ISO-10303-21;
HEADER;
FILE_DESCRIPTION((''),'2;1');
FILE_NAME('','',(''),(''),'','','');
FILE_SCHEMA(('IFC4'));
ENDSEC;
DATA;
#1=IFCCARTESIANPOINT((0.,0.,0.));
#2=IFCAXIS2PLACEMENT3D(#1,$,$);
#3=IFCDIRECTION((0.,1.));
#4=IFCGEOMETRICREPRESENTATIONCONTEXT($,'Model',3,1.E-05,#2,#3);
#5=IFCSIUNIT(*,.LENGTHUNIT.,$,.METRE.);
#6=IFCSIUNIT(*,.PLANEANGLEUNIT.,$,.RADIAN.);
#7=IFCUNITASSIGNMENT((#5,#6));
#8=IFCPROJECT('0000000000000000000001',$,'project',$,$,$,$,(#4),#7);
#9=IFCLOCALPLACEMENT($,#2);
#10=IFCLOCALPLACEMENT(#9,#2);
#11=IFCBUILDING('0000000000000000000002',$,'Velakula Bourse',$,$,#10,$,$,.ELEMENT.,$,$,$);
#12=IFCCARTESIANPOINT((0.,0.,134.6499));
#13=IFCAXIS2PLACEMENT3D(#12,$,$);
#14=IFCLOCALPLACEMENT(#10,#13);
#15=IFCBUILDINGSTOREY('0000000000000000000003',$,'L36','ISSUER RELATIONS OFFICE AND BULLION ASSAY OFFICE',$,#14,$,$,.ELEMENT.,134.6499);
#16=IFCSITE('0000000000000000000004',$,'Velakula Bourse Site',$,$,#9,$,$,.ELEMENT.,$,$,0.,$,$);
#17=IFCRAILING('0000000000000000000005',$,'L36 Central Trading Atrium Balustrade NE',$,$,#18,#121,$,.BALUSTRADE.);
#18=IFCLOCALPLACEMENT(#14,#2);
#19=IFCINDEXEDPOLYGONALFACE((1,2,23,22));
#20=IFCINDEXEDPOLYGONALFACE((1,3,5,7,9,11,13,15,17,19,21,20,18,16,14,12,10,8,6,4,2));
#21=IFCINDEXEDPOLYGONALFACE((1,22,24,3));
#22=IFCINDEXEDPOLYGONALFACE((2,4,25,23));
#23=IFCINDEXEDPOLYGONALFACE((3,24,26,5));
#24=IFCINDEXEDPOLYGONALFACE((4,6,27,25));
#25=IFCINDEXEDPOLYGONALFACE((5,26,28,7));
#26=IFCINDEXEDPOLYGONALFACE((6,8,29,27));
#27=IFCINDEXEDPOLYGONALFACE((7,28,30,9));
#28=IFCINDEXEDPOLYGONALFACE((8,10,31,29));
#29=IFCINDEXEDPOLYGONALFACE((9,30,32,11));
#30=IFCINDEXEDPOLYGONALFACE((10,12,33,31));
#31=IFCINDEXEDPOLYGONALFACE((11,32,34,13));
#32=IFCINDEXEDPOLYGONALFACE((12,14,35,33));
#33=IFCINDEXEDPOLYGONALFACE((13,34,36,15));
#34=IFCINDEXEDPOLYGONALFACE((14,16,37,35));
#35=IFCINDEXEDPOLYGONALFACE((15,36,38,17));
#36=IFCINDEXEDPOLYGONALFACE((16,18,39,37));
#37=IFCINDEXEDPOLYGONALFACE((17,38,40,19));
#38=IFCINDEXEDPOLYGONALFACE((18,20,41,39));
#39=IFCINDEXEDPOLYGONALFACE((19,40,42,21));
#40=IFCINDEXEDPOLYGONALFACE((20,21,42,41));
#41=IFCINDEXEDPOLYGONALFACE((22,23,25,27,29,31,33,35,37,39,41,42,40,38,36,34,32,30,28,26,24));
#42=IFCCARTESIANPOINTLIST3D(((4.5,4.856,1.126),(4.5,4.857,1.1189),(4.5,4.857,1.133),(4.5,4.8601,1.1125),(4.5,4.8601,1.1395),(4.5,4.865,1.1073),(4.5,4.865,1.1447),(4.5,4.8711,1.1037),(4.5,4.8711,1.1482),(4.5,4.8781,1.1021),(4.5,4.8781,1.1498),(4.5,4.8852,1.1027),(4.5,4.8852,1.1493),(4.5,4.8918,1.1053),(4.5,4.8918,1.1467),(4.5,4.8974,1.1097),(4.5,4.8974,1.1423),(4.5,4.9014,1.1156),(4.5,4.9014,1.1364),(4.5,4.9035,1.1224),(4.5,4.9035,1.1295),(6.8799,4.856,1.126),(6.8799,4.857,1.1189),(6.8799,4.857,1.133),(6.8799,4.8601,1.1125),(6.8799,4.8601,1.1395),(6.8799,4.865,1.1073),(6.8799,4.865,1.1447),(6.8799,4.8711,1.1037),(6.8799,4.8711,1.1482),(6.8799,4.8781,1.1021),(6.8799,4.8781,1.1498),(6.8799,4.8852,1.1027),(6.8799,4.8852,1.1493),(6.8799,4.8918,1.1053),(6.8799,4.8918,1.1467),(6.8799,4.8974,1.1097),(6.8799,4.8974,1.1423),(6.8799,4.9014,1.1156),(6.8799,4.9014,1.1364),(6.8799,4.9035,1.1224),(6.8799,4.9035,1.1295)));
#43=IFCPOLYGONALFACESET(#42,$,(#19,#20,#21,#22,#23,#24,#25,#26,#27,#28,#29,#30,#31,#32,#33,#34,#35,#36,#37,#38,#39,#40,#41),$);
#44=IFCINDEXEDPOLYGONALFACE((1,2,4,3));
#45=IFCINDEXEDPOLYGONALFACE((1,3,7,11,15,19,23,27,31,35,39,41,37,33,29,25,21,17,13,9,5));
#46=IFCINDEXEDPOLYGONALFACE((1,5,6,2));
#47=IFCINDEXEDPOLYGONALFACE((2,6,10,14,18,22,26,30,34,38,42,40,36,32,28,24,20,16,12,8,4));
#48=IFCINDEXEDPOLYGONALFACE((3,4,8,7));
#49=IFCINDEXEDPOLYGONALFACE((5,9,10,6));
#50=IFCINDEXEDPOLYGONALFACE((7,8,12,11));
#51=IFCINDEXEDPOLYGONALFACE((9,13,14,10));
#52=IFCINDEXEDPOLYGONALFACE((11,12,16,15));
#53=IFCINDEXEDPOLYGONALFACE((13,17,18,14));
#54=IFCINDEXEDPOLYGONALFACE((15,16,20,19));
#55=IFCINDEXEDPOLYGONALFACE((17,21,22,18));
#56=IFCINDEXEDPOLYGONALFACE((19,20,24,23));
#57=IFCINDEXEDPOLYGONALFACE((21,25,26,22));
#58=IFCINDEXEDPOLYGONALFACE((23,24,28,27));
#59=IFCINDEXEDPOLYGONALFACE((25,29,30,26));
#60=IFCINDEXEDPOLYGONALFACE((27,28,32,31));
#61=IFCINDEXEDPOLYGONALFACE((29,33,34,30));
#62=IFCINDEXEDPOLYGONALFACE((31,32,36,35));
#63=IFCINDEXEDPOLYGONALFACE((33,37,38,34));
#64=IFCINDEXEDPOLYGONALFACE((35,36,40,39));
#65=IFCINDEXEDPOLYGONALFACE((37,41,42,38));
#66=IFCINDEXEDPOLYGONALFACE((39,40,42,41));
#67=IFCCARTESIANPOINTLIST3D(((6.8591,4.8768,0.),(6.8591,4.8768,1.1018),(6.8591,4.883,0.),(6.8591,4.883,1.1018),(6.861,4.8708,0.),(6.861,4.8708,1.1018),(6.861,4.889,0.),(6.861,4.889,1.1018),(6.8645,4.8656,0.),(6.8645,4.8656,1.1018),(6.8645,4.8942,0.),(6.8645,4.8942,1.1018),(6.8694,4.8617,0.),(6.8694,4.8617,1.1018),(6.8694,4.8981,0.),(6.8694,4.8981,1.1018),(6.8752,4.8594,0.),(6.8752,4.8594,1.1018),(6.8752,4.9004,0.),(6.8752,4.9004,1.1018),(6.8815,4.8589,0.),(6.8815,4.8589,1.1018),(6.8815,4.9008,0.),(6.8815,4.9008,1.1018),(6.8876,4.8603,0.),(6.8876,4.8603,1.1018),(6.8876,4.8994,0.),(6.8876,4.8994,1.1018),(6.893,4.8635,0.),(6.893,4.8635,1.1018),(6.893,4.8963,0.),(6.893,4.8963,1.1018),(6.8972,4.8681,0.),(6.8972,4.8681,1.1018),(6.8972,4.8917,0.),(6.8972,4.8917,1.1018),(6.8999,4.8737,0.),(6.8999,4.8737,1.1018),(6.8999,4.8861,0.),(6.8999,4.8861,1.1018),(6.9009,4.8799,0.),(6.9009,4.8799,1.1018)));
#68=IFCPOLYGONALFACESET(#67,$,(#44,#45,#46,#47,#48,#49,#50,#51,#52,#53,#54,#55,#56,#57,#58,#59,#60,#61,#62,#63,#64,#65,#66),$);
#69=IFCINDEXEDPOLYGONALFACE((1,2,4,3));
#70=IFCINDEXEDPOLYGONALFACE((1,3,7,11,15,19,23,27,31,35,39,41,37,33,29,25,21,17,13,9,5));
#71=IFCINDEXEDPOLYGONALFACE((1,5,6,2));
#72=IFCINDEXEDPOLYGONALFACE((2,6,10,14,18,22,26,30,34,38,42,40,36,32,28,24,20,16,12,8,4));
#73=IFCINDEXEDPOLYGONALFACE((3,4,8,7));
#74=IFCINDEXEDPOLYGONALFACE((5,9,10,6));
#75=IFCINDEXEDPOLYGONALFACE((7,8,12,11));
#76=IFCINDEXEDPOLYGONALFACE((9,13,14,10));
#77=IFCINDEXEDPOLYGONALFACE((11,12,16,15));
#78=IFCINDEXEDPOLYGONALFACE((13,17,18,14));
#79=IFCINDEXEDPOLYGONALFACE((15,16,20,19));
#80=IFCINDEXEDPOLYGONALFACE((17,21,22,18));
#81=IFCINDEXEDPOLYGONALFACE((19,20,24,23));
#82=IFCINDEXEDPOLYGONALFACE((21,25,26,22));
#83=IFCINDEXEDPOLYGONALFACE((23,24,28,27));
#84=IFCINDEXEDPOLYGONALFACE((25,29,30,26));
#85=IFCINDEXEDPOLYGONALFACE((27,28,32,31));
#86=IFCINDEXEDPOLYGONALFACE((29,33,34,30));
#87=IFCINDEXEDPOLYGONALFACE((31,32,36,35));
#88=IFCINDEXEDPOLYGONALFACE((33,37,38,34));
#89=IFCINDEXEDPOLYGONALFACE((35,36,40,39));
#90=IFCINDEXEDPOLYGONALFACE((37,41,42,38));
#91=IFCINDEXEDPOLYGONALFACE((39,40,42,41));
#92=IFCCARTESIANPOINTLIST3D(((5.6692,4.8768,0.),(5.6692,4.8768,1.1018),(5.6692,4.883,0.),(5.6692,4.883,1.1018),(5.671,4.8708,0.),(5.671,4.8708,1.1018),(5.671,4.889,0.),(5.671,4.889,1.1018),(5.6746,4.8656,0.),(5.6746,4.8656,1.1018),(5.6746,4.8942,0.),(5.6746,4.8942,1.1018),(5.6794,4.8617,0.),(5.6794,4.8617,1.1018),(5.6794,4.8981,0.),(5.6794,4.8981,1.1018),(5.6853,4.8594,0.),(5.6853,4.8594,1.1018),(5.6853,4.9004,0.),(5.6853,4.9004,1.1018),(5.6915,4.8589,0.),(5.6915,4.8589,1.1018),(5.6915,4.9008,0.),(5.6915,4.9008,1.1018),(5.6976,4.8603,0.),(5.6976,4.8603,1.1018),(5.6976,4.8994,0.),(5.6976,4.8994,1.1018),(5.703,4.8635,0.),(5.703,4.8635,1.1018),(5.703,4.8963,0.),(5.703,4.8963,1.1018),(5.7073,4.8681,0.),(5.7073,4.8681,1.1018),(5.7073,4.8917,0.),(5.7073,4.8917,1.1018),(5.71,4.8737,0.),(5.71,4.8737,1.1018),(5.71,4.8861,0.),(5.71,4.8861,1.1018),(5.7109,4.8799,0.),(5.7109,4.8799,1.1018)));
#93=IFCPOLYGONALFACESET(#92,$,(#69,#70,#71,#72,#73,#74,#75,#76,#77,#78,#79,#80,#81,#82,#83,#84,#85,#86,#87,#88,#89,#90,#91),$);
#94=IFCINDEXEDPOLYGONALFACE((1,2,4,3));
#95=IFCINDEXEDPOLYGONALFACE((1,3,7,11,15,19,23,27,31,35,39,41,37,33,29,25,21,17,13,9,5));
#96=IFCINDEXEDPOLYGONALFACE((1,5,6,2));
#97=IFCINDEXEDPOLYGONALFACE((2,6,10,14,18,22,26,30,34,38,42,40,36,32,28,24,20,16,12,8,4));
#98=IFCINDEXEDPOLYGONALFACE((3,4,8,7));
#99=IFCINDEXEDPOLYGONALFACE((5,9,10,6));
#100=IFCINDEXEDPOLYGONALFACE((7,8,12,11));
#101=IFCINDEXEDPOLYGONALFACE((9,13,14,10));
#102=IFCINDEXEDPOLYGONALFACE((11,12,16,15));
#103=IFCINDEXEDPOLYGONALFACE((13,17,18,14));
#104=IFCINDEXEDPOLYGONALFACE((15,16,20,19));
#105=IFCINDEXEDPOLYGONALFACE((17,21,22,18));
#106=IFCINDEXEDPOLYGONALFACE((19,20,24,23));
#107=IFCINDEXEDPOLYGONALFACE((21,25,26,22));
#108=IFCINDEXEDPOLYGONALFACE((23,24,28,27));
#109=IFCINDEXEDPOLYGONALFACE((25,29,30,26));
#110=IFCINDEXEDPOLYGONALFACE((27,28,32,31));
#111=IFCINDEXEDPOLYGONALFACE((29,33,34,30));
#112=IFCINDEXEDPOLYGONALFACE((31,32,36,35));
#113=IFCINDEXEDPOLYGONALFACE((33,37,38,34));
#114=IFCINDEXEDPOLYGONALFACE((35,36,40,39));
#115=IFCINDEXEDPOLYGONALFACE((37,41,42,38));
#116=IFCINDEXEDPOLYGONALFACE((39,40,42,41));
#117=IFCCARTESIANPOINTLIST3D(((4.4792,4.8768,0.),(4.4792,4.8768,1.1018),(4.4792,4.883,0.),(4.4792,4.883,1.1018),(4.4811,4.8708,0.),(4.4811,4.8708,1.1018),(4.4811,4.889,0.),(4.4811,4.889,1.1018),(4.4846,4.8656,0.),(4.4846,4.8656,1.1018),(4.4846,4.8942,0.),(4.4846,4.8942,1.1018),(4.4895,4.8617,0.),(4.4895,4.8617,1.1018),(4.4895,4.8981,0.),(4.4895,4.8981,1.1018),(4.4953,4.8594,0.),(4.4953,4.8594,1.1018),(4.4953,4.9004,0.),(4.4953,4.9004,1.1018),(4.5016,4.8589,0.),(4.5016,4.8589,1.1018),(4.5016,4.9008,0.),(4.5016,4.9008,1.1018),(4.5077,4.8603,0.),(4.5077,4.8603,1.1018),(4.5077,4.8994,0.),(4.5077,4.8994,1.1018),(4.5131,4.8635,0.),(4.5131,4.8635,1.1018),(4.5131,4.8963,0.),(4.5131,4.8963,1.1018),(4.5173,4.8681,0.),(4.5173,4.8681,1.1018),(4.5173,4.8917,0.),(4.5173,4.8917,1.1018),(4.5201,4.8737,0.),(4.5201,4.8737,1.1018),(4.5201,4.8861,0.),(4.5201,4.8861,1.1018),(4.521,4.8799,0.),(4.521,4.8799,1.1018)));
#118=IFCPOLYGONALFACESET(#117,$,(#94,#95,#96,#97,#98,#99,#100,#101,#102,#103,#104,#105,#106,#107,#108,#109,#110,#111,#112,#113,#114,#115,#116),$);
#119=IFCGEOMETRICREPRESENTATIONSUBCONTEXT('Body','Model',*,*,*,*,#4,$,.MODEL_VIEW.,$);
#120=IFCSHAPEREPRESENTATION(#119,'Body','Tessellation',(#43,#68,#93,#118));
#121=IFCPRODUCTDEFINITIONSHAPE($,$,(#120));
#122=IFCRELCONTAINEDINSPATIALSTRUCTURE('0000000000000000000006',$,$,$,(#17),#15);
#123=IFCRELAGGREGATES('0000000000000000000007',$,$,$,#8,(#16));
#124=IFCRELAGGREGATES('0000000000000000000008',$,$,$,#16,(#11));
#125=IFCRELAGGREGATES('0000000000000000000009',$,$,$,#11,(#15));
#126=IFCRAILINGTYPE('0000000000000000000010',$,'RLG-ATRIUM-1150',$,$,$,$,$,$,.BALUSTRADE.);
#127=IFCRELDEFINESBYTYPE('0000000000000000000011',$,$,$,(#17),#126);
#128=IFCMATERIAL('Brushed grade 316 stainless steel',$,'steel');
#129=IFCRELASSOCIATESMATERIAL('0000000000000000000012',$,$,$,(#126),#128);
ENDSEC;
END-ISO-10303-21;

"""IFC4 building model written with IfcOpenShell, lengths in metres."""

from ifc_helpers import new_model, si_unit, direction, frame, origin, origin_2d, place, context, subcontext, project, spatial, circle, extrude, material, type_object, element, save


model = new_model("IFC4")

# Units and contexts
model_context = context("Model", 3, precision=1e-05, world=origin(), true_north=direction((0.0, 1.0)))
body_context = subcontext(model_context, "Body", "Model", "MODEL_VIEW")
ifc_project = project(units=[si_unit("LENGTHUNIT", "METRE"), si_unit("PLANEANGLEUNIT", "RADIAN")], contexts=[model_context])

# Site, building, storey
site_placement = place(None, origin())
site = spatial("IfcSite", under=ifc_project, at=site_placement, Name="Velakula Bourse Site", CompositionType="ELEMENT", RefElevation=0.0)
building_placement = place(site_placement, origin())
building = spatial("IfcBuilding", under=site, at=building_placement, Name="Velakula Bourse", CompositionType="ELEMENT")
storey_placement = place(building_placement, frame((0.0, 0.0, 134.6499)))
storey = spatial("IfcBuildingStorey", under=building, at=storey_placement, Name="L36", Description="ISSUER RELATIONS OFFICE AND BULLION ASSAY OFFICE", CompositionType="ELEMENT", Elevation=134.6499)

# Railing
ifc_material_1 = material(Name="Brushed grade 316 stainless steel", Category="steel")
railing_type = type_object("IfcRailingType", Name="RLG-ATRIUM-1150", PredefinedType="BALUSTRADE", material=ifc_material_1)
railing_placement = place(storey_placement, frame((6.8799, 4.8799, 0.0)))
element("IfcRailing", 1, at=railing_placement, inside=storey, type_object=railing_type, Name="L36 Central Trading Atrium Balustrade NE", PredefinedType="BALUSTRADE", context=body_context, shape_type="SweptSolid", body=[
    extrude(circle(Radius=0.0239, at=origin_2d()), frame((0.0, 0.0, 1.126), z_axis=(-1.0, 0.0, 0.0), x_axis=(0.0, -1.0, 0.0)), (0.0, 0.0, 1.0), 2.3799),
    extrude(circle(Radius=0.021, at=origin_2d()), origin(), (0.0, 0.0, 1.0), 1.1018),
    extrude(circle(Radius=0.021, at=origin_2d()), frame((-1.1899, 0.0, 0.0)), (0.0, 0.0, 1.0), 1.1018),
    extrude(circle(Radius=0.021, at=origin_2d()), frame((-2.3799, 0.0, 0.0)), (0.0, 0.0, 1.0), 1.1018),
])

save(model, "model.ifc")
